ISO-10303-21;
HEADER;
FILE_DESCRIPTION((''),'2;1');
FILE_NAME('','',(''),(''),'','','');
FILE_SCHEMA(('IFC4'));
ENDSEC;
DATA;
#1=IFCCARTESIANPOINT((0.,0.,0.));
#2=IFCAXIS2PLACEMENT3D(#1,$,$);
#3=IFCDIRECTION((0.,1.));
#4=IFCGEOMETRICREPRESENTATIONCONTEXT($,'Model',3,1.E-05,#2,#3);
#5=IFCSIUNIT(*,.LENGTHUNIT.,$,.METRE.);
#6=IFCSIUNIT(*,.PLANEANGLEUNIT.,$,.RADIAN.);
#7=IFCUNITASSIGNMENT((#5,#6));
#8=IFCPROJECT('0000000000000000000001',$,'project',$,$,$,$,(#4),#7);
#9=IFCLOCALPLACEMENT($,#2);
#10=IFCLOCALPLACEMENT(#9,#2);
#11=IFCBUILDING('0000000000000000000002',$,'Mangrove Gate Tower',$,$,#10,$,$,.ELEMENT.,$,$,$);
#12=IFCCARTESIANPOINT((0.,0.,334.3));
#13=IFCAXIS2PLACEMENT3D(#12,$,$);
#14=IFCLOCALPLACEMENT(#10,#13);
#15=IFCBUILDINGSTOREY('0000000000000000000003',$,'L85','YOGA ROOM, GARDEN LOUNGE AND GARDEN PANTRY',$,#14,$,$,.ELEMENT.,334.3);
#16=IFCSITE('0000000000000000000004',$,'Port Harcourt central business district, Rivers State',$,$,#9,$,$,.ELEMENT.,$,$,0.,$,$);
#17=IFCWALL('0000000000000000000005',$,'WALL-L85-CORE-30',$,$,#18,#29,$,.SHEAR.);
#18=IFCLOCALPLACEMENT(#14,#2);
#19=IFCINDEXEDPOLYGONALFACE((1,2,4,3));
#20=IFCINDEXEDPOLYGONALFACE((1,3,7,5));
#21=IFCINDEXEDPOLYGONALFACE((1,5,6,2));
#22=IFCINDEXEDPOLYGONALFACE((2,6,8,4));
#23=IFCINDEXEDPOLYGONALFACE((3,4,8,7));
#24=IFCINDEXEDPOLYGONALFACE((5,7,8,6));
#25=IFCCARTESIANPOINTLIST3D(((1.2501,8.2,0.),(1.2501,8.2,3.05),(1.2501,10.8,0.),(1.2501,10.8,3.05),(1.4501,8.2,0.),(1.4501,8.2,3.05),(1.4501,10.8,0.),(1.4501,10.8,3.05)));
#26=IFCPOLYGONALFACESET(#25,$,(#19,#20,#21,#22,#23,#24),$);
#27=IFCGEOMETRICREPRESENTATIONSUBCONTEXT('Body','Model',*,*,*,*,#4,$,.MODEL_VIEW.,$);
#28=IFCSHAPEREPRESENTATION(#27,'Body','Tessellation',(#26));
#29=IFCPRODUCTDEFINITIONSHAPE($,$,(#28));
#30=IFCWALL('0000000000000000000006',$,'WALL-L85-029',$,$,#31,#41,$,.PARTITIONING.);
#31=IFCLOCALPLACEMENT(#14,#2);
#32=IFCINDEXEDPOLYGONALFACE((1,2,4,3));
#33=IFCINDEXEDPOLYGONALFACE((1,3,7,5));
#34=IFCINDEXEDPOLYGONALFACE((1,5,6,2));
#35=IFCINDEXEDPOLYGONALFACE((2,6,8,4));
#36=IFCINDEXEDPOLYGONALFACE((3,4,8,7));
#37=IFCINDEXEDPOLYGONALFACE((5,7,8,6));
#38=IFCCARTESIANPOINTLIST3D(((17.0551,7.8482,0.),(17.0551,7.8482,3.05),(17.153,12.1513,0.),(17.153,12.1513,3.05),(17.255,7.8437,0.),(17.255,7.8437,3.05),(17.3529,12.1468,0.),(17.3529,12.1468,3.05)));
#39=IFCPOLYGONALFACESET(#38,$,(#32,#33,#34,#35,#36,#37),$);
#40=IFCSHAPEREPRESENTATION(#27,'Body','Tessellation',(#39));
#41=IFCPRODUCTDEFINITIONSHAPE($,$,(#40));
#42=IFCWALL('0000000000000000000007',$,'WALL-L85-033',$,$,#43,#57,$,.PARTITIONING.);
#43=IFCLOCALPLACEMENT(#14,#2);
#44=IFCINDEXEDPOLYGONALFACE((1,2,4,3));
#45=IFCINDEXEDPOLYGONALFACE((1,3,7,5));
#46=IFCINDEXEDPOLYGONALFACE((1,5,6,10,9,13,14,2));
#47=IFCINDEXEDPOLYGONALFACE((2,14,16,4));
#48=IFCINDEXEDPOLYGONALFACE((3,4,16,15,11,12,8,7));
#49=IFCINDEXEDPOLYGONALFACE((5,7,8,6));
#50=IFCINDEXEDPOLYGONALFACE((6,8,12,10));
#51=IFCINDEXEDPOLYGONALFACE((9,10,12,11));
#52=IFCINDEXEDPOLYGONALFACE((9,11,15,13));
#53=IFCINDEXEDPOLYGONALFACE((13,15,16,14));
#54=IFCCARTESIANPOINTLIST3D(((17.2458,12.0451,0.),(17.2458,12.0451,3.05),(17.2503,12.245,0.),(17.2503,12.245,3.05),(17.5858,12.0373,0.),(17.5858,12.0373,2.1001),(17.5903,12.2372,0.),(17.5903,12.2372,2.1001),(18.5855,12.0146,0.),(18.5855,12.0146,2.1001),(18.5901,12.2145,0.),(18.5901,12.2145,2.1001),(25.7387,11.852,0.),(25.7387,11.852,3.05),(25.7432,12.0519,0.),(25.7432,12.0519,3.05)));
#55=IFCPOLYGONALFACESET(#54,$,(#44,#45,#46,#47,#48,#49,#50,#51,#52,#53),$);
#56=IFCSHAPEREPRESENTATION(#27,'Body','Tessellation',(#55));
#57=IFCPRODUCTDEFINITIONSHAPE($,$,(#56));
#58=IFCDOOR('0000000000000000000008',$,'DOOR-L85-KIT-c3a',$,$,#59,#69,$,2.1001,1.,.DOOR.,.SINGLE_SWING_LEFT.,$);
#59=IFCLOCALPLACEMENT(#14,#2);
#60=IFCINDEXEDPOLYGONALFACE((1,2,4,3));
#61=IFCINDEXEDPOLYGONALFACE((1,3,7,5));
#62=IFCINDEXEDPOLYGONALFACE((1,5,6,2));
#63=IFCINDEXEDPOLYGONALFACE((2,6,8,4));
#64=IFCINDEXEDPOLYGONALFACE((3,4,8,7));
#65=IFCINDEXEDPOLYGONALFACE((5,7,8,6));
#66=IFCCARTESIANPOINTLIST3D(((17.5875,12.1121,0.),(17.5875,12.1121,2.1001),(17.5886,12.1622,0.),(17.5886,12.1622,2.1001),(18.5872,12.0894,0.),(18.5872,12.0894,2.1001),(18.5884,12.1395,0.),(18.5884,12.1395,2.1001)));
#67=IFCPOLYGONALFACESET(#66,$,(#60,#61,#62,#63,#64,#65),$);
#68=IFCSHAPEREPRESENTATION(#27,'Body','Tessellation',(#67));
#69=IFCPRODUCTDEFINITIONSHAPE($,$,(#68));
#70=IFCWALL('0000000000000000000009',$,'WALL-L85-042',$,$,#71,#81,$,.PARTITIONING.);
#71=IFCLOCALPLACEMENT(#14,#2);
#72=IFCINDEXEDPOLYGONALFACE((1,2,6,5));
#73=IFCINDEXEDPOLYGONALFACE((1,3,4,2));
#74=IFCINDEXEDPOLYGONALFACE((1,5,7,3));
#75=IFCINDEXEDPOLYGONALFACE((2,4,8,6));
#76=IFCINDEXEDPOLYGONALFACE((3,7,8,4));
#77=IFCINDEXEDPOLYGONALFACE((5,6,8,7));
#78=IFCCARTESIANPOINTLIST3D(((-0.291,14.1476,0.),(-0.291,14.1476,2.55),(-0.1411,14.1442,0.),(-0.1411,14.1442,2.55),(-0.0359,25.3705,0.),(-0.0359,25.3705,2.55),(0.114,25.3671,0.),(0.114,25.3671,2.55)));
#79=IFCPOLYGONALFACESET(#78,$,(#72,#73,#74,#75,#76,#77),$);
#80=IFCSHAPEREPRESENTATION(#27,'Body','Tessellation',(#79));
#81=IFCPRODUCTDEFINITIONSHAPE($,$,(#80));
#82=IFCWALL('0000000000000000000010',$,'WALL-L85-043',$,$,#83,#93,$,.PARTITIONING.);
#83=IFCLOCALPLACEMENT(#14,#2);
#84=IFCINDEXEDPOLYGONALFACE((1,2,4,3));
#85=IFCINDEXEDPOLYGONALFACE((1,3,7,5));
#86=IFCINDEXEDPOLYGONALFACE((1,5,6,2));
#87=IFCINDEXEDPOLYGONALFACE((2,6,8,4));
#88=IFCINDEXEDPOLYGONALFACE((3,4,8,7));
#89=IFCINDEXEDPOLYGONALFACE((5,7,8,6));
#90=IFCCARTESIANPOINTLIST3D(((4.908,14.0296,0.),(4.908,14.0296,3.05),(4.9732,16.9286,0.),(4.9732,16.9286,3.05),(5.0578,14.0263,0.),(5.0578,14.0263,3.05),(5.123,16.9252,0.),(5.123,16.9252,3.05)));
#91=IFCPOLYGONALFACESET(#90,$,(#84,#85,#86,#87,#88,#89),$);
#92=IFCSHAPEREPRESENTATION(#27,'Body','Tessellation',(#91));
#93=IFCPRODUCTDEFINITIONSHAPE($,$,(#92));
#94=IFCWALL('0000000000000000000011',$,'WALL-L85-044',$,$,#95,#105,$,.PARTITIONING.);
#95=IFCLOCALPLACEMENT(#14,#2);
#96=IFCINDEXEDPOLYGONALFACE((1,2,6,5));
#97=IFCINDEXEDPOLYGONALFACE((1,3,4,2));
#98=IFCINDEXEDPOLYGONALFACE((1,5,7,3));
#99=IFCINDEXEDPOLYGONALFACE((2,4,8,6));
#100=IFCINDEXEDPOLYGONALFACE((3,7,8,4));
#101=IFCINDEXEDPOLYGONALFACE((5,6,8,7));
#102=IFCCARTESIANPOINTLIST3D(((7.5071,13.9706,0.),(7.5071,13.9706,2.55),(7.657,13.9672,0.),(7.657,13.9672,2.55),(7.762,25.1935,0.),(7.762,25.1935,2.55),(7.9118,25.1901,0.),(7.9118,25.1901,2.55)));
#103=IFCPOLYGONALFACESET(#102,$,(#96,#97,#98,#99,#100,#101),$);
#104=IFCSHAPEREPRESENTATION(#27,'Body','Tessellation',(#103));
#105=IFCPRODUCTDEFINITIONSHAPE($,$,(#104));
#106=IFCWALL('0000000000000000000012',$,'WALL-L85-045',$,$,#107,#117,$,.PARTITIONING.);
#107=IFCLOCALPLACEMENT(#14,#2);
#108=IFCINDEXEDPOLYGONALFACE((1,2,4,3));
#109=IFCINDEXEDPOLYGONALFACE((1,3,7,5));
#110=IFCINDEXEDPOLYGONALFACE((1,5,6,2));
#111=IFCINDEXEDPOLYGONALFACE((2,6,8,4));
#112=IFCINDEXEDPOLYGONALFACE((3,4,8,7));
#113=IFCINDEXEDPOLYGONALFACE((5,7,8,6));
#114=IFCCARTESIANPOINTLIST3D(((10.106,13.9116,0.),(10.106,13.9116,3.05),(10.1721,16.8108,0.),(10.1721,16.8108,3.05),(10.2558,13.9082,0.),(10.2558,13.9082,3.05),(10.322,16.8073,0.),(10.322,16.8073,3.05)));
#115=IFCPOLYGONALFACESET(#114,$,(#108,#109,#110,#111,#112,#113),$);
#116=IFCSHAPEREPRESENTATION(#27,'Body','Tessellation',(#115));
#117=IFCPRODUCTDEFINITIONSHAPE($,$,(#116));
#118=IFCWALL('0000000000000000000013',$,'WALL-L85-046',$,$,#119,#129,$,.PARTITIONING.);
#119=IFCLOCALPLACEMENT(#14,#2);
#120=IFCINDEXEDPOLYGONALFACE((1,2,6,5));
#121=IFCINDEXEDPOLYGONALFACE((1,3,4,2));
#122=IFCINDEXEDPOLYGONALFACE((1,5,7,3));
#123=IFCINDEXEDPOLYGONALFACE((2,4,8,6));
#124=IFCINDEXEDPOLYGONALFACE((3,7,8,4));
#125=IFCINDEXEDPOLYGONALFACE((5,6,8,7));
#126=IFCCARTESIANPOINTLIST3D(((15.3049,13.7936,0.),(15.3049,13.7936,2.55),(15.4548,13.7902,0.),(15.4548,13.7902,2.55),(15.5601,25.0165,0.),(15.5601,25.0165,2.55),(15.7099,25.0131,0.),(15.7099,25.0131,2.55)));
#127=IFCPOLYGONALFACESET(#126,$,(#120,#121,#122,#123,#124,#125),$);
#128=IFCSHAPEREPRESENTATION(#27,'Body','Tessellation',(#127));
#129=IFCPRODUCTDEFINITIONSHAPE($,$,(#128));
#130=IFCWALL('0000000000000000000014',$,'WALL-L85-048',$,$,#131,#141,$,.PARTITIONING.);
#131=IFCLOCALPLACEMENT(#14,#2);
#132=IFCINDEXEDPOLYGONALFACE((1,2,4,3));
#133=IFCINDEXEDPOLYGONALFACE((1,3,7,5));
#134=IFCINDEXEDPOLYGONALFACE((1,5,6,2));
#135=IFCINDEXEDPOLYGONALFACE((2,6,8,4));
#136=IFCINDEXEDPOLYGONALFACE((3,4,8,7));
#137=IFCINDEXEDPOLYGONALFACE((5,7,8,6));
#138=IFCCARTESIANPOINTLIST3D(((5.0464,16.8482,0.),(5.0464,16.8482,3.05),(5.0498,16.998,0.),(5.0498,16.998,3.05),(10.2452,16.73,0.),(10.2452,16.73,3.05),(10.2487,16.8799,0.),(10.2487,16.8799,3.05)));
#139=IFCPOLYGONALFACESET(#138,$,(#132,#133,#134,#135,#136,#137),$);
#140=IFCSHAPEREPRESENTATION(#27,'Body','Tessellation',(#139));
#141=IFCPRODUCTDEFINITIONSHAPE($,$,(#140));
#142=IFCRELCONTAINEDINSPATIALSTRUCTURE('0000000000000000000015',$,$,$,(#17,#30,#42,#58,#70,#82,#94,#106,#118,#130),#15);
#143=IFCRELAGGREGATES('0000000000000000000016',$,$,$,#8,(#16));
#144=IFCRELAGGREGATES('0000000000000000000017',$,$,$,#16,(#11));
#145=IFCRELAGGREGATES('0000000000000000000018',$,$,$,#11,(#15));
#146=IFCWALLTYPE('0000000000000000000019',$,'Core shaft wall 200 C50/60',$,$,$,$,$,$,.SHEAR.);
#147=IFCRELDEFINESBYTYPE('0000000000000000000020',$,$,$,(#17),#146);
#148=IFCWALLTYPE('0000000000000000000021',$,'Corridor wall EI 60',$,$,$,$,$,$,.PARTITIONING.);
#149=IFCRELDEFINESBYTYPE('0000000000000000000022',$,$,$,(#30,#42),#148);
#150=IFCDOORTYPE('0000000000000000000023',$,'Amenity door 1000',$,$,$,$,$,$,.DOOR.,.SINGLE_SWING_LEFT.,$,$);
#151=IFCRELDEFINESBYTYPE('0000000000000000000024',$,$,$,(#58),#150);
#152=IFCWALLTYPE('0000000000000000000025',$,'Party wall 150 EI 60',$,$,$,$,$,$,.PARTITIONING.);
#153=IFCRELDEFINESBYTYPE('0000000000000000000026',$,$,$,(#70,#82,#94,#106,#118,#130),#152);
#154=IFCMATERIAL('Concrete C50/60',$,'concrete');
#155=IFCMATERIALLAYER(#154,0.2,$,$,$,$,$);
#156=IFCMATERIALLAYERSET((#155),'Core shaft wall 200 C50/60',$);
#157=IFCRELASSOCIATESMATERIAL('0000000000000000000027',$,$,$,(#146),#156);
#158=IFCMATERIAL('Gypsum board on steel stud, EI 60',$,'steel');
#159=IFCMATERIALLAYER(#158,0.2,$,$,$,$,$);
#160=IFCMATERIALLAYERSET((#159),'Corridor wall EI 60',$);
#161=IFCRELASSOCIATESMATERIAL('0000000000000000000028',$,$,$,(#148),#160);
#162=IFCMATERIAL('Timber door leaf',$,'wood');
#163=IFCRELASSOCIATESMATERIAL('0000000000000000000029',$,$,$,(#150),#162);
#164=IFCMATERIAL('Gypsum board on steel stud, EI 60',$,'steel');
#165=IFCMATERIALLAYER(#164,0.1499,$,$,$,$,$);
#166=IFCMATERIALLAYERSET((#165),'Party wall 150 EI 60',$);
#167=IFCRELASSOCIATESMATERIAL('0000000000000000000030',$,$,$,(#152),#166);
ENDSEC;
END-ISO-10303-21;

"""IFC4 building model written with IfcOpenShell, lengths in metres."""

from ifc_helpers import new_model, si_unit, direction, frame, frame_2d, origin, place, context, subcontext, project, spatial, rectangle, extrude, material, layer, layer_set, type_object, element, fill, save


model = new_model("IFC4")

# Units and contexts
model_context = context("Model", 3, precision=1e-05, world=origin(), true_north=direction((0.0, 1.0)))
body_context = subcontext(model_context, "Body", "Model", "MODEL_VIEW")
ifc_project = project(units=[si_unit("LENGTHUNIT", "METRE"), si_unit("PLANEANGLEUNIT", "RADIAN")], contexts=[model_context])

# Site, building, storey
site_placement = place(None, origin())
site = spatial("IfcSite", under=ifc_project, at=site_placement, Name="Port Harcourt central business district, Rivers State", CompositionType="ELEMENT", RefElevation=0.0)
building_placement = place(site_placement, origin())
building = spatial("IfcBuilding", under=site, at=building_placement, Name="Mangrove Gate Tower", CompositionType="ELEMENT")
storey_placement = place(building_placement, frame((0.0, 0.0, 334.3)))
storey = spatial("IfcBuildingStorey", under=building, at=storey_placement, Name="L85", Description="YOGA ROOM, GARDEN LOUNGE AND GARDEN PANTRY", CompositionType="ELEMENT", Elevation=334.3)

# Walls
ifc_material_1 = material(Name="Concrete C50/60", Category="concrete")
ifc_layer_1 = layer(ifc_material_1, 0.2)
ifc_layer_set_1 = layer_set([ifc_layer_1], Name="Core shaft wall 200 C50/60")
wall_type_1 = type_object("IfcWallType", Name="Core shaft wall 200 C50/60", PredefinedType="SHEAR", material=ifc_layer_set_1)
wall_1_placement = place(storey_placement, frame((1.3501, 8.2, 0.0), z_axis=(0.0, 0.0, 1.0), x_axis=(0.0, 1.0, 0.0)))
element("IfcWall", 1, at=wall_1_placement, inside=storey, type_object=wall_type_1, Name="WALL-L85-CORE-30", PredefinedType="SHEAR", context=body_context, shape_type="SweptSolid", body=[
    extrude(rectangle(XDim=2.6001, YDim=0.2, at=frame_2d((1.3, 0.0))), origin(), (0.0, 0.0, 1.0), 3.05),
])
ifc_material_2 = material(Name="Gypsum board on steel stud, EI 60", Category="steel")
ifc_layer_2 = layer(ifc_material_2, 0.2)
ifc_layer_set_2 = layer_set([ifc_layer_2], Name="Corridor wall EI 60")
wall_type_2 = type_object("IfcWallType", Name="Corridor wall EI 60", PredefinedType="PARTITIONING", material=ifc_layer_set_2)
wall_2_placement = place(storey_placement, frame((17.155, 7.8459, 0.0), z_axis=(0.0, 0.0, 1.0), x_axis=(0.022746, 0.999741, 0.0)))
element("IfcWall", 2, at=wall_2_placement, inside=storey, type_object=wall_type_2, Name="WALL-L85-029", PredefinedType="PARTITIONING", context=body_context, shape_type="SweptSolid", body=[
    extrude(rectangle(XDim=4.3042, YDim=0.2, at=frame_2d((2.1521, 0.0))), origin(), (0.0, 0.0, 1.0), 3.05),
])

# Wall, opening, door
wall_3_placement = place(storey_placement, frame((17.248, 12.145, 0.0), z_axis=(0.0, 0.0, 1.0), x_axis=(0.999742, -0.022733, 0.0)))
wall_3 = element("IfcWall", 3, at=wall_3_placement, inside=storey, type_object=wall_type_2, Name="WALL-L85-033", PredefinedType="PARTITIONING", context=body_context, shape_type="SweptSolid", body=[
    extrude(rectangle(XDim=8.4951, YDim=0.2, at=frame_2d((4.2476, 0.0))), origin(), (0.0, 0.0, 1.0), 3.05),
])
opening_1_placement = place(wall_3_placement, frame((0.3401, 0.0, 0.0)))
opening_1 = element("IfcOpeningElement", 4, at=opening_1_placement, cuts=wall_3, PredefinedType="OPENING", context=body_context, shape_type="SweptSolid", body=[
    extrude(rectangle(XDim=1.0, YDim=2.1001, at=frame_2d((0.5, 1.05))), frame((0.0, 0.1099, 0.0), z_axis=(0.0, -1.0, 0.0), x_axis=(1.0, 0.0, 0.0)), (0.0, 0.0, 1.0), 0.22),
])
ifc_material_3 = material(Name="Timber door leaf", Category="wood")
door_type_1 = type_object("IfcDoorType", Name="Amenity door 1000", OperationType="SINGLE_SWING_LEFT", PredefinedType="DOOR", material=ifc_material_3)
door_1_placement = place(opening_1_placement, origin())
door_1 = element("IfcDoor", 5, at=door_1_placement, inside=storey, type_object=door_type_1, Name="DOOR-L85-KIT-c3a", OperationType="SINGLE_SWING_LEFT", OverallHeight=2.1001, OverallWidth=1.0, PredefinedType="DOOR", context=body_context, shape_type="SweptSolid", body=[
    extrude(rectangle(XDim=1.0, YDim=2.1001, at=frame_2d((0.5, 1.05))), frame((0.0, 0.0249, 0.0), z_axis=(0.0, -1.0, 0.0), x_axis=(1.0, 0.0, 0.0)), (0.0, 0.0, 1.0), 0.05),
])
fill(opening_1, door_1)

# Walls
ifc_material_4 = material(Name="Gypsum board on steel stud, EI 60", Category="steel")
ifc_layer_3 = layer(ifc_material_4, 0.1499)
ifc_layer_set_3 = layer_set([ifc_layer_3], Name="Party wall 150 EI 60")
wall_type_3 = type_object("IfcWallType", Name="Party wall 150 EI 60", PredefinedType="PARTITIONING", material=ifc_layer_set_3)
wall_4_placement = place(storey_placement, frame((-0.2161, 14.146, 0.0), z_axis=(0.0, 0.0, 1.0), x_axis=(0.022727, 0.999742, 0.0)))
element("IfcWall", 6, at=wall_4_placement, inside=storey, type_object=wall_type_3, Name="WALL-L85-042", PredefinedType="PARTITIONING", context=body_context, shape_type="SweptSolid", body=[
    extrude(rectangle(XDim=11.2258, YDim=0.1499, at=frame_2d((5.6128, 0.0))), origin(), (0.0, 0.0, 1.0), 2.55),
])
wall_5_placement = place(storey_placement, frame((4.9829, 14.0281, 0.0), z_axis=(0.0, 0.0, 1.0), x_axis=(0.02248, 0.999747, 0.0)))
element("IfcWall", 7, at=wall_5_placement, inside=storey, type_object=wall_type_3, Name="WALL-L85-043", PredefinedType="PARTITIONING", context=body_context, shape_type="SweptSolid", body=[
    extrude(rectangle(XDim=2.8997, YDim=0.1499, at=frame_2d((1.4497, 0.0))), origin(), (0.0, 0.0, 1.0), 3.05),
])
wall_6_placement = place(storey_placement, frame((7.582, 13.969, 0.0), z_axis=(0.0, 0.0, 1.0), x_axis=(0.022705, 0.999742, 0.0)))
element("IfcWall", 8, at=wall_6_placement, inside=storey, type_object=wall_type_3, Name="WALL-L85-044", PredefinedType="PARTITIONING", context=body_context, shape_type="SweptSolid", body=[
    extrude(rectangle(XDim=11.2258, YDim=0.1499, at=frame_2d((5.6128, 0.0))), origin(), (0.0, 0.0, 1.0), 2.55),
])
wall_7_placement = place(storey_placement, frame((10.1809, 13.9099, 0.0), z_axis=(0.0, 0.0, 1.0), x_axis=(0.022815, 0.99974, 0.0)))
element("IfcWall", 9, at=wall_7_placement, inside=storey, type_object=wall_type_3, Name="WALL-L85-045", PredefinedType="PARTITIONING", context=body_context, shape_type="SweptSolid", body=[
    extrude(rectangle(XDim=2.8999, YDim=0.1499, at=frame_2d((1.45, 0.0))), origin(), (0.0, 0.0, 1.0), 3.05),
])
wall_8_placement = place(storey_placement, frame((15.3799, 13.792, 0.0), z_axis=(0.0, 0.0, 1.0), x_axis=(0.022727, 0.999742, 0.0)))
element("IfcWall", 10, at=wall_8_placement, inside=storey, type_object=wall_type_3, Name="WALL-L85-046", PredefinedType="PARTITIONING", context=body_context, shape_type="SweptSolid", body=[
    extrude(rectangle(XDim=11.2258, YDim=0.1499, at=frame_2d((5.6128, 0.0))), origin(), (0.0, 0.0, 1.0), 2.55),
])
wall_9_placement = place(storey_placement, frame((5.0481, 16.9231, 0.0), z_axis=(0.0, 0.0, 1.0), x_axis=(0.999742, -0.022722, 0.0)))
element("IfcWall", 11, at=wall_9_placement, inside=storey, type_object=wall_type_3, Name="WALL-L85-048", PredefinedType="PARTITIONING", context=body_context, shape_type="SweptSolid", body=[
    extrude(rectangle(XDim=5.2002, YDim=0.1499, at=frame_2d((2.6001, 0.0))), origin(), (0.0, 0.0, 1.0), 3.05),
])

save(model, "model.ifc")
